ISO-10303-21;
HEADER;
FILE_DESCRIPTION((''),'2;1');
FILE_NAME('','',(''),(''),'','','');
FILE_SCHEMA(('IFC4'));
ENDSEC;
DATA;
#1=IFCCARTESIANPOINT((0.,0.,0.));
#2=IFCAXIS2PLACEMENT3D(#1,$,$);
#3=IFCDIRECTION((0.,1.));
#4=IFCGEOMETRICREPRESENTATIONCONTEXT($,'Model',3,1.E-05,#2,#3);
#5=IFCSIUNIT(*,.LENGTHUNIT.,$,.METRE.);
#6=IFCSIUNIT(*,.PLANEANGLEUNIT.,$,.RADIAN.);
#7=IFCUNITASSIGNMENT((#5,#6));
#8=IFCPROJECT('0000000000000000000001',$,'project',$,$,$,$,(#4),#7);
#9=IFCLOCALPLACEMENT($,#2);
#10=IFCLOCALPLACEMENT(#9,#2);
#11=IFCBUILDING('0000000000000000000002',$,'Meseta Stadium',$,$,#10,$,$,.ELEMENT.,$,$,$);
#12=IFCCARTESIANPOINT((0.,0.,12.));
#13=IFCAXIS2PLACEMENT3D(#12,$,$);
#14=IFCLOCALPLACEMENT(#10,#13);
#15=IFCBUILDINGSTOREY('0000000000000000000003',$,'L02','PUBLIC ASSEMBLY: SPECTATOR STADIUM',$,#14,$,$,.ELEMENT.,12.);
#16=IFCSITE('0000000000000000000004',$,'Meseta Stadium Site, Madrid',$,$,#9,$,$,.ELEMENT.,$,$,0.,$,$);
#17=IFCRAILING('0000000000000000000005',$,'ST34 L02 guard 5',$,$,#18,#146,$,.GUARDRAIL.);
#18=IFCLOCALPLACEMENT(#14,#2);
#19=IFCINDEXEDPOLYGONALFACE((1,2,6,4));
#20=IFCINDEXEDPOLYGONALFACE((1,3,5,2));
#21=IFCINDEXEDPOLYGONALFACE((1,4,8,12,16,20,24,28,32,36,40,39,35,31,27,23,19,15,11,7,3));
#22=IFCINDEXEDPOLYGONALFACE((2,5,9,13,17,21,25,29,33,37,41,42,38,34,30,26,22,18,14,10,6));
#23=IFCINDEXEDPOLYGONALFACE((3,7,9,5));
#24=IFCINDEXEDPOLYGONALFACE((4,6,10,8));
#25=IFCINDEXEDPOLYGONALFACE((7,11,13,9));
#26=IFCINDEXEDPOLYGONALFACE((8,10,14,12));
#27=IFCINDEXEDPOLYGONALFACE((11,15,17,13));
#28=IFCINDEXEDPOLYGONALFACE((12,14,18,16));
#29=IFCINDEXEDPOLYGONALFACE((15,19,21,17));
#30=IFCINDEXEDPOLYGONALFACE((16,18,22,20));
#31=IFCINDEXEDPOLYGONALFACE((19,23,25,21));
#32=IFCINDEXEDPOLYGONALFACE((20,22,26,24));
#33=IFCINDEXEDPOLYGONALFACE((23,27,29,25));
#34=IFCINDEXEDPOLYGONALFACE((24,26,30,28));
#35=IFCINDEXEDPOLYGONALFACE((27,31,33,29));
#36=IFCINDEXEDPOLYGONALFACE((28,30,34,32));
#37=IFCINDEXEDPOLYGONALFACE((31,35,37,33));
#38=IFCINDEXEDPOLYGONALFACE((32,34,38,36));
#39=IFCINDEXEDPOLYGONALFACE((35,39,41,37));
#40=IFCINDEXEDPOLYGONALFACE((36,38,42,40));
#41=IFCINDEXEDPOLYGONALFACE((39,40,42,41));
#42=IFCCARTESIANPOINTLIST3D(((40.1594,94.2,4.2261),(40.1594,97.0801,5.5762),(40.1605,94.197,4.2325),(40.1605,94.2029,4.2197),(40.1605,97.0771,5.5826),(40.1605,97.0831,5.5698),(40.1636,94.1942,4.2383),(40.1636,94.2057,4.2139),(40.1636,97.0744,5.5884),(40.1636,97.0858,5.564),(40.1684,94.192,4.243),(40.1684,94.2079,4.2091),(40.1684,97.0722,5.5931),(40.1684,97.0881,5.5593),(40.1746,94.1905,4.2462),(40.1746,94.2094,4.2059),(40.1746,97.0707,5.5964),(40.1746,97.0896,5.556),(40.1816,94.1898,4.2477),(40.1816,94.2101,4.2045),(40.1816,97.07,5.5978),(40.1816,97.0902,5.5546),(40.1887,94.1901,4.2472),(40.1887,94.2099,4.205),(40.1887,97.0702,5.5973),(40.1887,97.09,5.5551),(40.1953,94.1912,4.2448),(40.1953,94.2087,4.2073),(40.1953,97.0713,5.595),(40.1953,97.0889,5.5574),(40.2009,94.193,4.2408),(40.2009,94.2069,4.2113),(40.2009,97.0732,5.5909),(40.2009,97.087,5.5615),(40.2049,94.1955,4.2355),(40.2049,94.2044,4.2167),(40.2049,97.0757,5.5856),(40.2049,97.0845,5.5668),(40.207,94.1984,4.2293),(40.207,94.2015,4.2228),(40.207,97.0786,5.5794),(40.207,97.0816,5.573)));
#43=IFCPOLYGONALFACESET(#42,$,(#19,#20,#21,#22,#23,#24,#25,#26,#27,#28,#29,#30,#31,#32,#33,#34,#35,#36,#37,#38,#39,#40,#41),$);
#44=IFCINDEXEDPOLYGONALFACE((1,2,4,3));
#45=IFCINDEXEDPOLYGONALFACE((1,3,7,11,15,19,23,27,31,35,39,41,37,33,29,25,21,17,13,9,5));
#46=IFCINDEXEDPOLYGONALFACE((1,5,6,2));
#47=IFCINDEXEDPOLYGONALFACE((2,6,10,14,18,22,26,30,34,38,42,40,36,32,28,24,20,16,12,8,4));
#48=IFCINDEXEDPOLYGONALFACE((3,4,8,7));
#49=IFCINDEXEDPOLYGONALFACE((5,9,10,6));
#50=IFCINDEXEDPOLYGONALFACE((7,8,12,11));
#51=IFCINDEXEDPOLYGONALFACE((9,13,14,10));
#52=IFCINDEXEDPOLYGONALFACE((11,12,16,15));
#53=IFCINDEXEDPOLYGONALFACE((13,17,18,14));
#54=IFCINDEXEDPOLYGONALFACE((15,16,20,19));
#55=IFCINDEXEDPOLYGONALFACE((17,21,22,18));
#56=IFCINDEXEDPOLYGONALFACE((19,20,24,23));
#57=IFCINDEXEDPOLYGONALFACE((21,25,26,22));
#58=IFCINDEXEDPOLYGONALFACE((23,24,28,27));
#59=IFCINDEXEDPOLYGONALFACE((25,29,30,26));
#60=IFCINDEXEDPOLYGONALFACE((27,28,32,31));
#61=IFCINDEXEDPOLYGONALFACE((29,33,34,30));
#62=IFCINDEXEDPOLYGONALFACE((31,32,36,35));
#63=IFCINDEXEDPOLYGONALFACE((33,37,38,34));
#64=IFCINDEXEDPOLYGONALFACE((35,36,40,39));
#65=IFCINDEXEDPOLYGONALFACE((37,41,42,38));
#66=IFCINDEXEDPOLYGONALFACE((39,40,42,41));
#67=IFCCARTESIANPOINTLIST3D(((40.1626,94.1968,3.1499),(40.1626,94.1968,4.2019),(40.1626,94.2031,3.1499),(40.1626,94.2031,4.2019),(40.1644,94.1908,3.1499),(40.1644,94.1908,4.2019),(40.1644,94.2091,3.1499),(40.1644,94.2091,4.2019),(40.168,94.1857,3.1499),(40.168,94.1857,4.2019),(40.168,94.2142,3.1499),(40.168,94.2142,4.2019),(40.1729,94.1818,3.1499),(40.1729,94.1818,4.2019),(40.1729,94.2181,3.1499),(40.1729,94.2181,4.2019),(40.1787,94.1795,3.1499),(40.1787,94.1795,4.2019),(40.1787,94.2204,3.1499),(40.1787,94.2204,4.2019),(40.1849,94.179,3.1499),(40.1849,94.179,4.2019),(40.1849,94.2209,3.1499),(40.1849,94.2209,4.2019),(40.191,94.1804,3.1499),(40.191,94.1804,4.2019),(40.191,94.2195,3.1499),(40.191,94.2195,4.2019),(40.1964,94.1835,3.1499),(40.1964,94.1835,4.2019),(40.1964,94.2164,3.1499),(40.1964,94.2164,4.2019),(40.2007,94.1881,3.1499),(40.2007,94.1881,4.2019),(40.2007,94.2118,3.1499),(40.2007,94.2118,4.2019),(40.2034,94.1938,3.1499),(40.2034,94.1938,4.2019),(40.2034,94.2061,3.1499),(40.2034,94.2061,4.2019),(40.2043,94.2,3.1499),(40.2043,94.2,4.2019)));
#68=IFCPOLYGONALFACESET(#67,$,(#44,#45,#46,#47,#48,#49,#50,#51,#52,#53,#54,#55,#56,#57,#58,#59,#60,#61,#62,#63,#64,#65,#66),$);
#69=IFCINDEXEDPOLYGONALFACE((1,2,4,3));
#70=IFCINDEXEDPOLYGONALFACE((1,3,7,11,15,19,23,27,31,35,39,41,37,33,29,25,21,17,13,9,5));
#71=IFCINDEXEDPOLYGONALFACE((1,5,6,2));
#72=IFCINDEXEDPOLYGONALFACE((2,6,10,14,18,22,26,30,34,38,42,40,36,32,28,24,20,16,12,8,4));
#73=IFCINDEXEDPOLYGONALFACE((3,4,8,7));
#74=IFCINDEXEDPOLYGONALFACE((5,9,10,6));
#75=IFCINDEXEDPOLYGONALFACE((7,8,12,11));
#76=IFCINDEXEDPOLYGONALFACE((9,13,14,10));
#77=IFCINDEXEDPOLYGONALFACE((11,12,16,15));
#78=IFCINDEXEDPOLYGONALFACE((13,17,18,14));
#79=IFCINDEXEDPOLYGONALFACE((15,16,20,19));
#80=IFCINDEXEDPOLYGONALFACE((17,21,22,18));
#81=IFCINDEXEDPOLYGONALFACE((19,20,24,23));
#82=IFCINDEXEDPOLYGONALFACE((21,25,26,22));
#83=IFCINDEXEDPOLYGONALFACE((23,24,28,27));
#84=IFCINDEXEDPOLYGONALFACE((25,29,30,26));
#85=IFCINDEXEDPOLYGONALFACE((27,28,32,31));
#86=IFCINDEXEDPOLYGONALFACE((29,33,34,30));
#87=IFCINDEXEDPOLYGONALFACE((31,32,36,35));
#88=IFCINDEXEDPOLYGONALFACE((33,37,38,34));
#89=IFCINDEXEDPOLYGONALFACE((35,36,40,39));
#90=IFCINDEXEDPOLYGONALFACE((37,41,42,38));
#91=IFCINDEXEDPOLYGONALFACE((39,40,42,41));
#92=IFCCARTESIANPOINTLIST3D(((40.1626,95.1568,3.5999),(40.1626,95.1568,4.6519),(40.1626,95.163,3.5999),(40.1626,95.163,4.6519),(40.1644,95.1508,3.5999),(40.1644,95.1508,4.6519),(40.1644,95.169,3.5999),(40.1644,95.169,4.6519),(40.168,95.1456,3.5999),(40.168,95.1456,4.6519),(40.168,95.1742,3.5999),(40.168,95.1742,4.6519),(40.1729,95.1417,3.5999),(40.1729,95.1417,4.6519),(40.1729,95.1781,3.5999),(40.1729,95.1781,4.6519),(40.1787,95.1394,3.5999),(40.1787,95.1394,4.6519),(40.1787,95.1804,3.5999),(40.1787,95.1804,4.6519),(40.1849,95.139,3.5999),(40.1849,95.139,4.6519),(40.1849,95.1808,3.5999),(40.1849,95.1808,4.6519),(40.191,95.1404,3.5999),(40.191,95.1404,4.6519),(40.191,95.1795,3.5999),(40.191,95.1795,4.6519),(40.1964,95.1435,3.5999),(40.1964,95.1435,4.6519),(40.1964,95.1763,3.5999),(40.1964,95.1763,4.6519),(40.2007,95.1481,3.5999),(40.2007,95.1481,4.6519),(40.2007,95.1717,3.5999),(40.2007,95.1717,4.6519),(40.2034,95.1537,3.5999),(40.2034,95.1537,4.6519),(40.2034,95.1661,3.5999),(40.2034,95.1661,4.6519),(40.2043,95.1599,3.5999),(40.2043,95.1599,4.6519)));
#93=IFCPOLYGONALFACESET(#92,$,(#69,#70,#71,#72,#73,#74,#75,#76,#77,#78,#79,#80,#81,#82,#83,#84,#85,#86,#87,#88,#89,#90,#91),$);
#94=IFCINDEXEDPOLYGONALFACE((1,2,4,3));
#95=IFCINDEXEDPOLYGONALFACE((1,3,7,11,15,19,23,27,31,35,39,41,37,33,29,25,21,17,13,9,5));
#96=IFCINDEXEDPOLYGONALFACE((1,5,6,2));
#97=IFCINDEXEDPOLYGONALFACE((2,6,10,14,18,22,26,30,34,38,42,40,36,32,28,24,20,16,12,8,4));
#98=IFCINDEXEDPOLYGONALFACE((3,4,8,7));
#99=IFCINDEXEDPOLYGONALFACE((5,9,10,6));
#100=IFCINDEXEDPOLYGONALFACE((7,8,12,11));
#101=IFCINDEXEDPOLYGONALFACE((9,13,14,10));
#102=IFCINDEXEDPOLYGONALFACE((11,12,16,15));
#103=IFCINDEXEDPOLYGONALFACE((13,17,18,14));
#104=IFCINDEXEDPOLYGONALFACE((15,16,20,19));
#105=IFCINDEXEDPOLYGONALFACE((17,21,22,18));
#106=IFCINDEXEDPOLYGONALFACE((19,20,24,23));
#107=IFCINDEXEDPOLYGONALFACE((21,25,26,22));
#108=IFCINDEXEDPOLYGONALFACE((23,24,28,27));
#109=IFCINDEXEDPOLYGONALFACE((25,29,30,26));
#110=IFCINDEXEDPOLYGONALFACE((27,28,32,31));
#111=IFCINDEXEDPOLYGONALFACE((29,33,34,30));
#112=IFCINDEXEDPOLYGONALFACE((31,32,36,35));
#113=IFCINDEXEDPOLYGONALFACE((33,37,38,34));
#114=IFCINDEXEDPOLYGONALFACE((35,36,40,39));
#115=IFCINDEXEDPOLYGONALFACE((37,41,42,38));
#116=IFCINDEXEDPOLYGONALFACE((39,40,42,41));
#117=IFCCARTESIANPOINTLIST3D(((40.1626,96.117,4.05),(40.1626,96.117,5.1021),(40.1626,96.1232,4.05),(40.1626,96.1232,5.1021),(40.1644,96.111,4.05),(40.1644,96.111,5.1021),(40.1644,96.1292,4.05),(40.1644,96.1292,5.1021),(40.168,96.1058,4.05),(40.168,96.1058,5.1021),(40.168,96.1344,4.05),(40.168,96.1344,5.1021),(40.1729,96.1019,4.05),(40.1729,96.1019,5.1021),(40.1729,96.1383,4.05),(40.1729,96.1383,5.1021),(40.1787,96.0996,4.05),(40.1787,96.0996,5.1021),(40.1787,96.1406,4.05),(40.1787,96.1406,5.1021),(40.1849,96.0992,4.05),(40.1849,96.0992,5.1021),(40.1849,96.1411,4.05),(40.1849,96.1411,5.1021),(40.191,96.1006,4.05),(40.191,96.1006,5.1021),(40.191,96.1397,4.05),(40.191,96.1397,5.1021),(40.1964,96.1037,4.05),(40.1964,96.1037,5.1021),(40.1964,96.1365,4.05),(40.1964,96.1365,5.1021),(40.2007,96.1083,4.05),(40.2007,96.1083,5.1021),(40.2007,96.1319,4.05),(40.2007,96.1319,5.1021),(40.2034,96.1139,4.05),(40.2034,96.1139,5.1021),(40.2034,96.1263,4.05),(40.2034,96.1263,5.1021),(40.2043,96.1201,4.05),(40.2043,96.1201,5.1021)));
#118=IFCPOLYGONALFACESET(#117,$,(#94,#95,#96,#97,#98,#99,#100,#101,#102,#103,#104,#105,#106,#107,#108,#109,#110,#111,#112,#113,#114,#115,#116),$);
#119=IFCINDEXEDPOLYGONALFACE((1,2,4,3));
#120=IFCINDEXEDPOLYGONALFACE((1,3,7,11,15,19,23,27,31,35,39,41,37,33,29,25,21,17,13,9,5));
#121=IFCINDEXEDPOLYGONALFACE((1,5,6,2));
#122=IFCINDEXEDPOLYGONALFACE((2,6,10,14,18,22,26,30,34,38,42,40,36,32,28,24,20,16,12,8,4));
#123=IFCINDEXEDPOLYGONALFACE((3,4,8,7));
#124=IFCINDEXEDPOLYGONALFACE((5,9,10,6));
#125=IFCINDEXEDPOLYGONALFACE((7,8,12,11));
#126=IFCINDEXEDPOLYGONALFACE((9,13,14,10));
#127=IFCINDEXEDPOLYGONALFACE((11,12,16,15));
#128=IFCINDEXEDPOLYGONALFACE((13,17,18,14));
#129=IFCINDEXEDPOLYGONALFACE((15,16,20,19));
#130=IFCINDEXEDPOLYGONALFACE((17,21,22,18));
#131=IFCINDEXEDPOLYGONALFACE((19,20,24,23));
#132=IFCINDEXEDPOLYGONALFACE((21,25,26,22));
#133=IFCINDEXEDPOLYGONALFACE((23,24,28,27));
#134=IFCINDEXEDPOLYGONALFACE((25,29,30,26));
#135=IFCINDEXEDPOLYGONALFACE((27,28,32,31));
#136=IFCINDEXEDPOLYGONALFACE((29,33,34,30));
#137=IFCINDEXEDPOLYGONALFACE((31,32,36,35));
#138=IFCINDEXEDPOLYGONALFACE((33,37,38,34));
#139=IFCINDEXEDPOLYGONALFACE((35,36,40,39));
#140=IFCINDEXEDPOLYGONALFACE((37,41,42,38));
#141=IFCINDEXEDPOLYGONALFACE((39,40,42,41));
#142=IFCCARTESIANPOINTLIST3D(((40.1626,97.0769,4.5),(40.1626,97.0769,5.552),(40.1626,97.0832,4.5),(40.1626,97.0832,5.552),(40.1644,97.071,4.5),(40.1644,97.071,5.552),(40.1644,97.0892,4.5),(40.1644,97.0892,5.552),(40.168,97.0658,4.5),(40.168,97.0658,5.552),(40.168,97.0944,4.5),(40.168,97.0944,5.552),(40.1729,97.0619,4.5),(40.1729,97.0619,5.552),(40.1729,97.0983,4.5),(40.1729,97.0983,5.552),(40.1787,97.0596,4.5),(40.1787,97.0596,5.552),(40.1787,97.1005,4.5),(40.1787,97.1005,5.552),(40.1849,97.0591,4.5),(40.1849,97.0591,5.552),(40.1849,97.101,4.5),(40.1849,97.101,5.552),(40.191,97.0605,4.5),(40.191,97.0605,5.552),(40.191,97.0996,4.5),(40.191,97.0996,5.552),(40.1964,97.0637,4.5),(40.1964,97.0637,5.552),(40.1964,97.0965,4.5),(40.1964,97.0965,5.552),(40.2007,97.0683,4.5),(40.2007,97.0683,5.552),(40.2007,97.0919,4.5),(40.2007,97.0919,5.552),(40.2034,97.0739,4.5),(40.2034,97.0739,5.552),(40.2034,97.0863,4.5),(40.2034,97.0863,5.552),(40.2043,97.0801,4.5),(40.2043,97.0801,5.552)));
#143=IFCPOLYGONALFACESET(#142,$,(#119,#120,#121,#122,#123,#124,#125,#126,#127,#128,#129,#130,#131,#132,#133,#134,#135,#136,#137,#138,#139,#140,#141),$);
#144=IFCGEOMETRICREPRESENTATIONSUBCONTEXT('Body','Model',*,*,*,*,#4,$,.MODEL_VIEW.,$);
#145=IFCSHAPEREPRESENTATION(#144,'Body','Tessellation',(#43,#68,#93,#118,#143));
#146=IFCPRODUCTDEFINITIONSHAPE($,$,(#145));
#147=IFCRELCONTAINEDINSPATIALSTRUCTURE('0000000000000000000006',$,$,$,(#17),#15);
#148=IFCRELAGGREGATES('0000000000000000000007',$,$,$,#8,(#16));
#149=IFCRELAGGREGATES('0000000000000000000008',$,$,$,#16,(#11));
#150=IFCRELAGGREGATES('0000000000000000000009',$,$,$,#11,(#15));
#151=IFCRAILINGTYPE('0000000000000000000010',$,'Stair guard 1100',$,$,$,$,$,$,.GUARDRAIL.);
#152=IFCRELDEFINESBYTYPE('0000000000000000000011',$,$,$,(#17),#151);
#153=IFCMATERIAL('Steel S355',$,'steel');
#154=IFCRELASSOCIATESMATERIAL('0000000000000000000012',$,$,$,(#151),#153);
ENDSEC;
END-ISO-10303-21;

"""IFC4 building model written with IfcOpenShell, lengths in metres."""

from ifc_helpers import new_model, si_unit, direction, frame, origin, origin_2d, place, context, subcontext, project, spatial, circle, extrude, material, type_object, element, save


model = new_model("IFC4")

# Units and contexts
model_context = context("Model", 3, precision=1e-05, world=origin(), true_north=direction((0.0, 1.0)))
body_context = subcontext(model_context, "Body", "Model", "MODEL_VIEW")
ifc_project = project(units=[si_unit("LENGTHUNIT", "METRE"), si_unit("PLANEANGLEUNIT", "RADIAN")], contexts=[model_context])

# Site, building, storey
site_placement = place(None, origin())
site = spatial("IfcSite", under=ifc_project, at=site_placement, Name="Meseta Stadium Site, Madrid", CompositionType="ELEMENT", RefElevation=0.0)
building_placement = place(site_placement, origin())
building = spatial("IfcBuilding", under=site, at=building_placement, Name="Meseta Stadium", CompositionType="ELEMENT")
storey_placement = place(building_placement, frame((0.0, 0.0, 12.0)))
storey = spatial("IfcBuildingStorey", under=building, at=storey_placement, Name="L02", Description="PUBLIC ASSEMBLY: SPECTATOR STADIUM", CompositionType="ELEMENT", Elevation=12.0)

# Railing
ifc_material_1 = material(Name="Steel S355", Category="steel")
railing_type_1 = type_object("IfcRailingType", Name="Stair guard 1100", PredefinedType="GUARDRAIL", material=ifc_material_1)
railing_1_placement = place(storey_placement, frame((40.1833, 94.2, 3.1499)))
element("IfcRailing", 1, at=railing_1_placement, inside=storey, type_object=railing_type_1, Name="ST34 L02 guard 5", PredefinedType="GUARDRAIL", context=body_context, shape_type="SweptSolid", body=[
    extrude(circle(Radius=0.0239, at=origin_2d()), frame((0.0, 0.0, 1.0762), z_axis=(0.0, 0.905454, 0.424444), x_axis=(-1.0, 0.0, 0.0)), (0.0, 0.0, 1.0), 3.1809),
    extrude(circle(Radius=0.021, at=origin_2d()), origin(), (0.0, 0.0, 1.0), 1.052),
    extrude(circle(Radius=0.021, at=origin_2d()), frame((0.0, 0.96, 0.45)), (0.0, 0.0, 1.0), 1.052),
    extrude(circle(Radius=0.021, at=origin_2d()), frame((0.0, 1.9202, 0.9001)), (0.0, 0.0, 1.0), 1.052),
    extrude(circle(Radius=0.021, at=origin_2d()), frame((0.0, 2.8801, 1.3501)), (0.0, 0.0, 1.0), 1.052),
])

save(model, "model.ifc")
